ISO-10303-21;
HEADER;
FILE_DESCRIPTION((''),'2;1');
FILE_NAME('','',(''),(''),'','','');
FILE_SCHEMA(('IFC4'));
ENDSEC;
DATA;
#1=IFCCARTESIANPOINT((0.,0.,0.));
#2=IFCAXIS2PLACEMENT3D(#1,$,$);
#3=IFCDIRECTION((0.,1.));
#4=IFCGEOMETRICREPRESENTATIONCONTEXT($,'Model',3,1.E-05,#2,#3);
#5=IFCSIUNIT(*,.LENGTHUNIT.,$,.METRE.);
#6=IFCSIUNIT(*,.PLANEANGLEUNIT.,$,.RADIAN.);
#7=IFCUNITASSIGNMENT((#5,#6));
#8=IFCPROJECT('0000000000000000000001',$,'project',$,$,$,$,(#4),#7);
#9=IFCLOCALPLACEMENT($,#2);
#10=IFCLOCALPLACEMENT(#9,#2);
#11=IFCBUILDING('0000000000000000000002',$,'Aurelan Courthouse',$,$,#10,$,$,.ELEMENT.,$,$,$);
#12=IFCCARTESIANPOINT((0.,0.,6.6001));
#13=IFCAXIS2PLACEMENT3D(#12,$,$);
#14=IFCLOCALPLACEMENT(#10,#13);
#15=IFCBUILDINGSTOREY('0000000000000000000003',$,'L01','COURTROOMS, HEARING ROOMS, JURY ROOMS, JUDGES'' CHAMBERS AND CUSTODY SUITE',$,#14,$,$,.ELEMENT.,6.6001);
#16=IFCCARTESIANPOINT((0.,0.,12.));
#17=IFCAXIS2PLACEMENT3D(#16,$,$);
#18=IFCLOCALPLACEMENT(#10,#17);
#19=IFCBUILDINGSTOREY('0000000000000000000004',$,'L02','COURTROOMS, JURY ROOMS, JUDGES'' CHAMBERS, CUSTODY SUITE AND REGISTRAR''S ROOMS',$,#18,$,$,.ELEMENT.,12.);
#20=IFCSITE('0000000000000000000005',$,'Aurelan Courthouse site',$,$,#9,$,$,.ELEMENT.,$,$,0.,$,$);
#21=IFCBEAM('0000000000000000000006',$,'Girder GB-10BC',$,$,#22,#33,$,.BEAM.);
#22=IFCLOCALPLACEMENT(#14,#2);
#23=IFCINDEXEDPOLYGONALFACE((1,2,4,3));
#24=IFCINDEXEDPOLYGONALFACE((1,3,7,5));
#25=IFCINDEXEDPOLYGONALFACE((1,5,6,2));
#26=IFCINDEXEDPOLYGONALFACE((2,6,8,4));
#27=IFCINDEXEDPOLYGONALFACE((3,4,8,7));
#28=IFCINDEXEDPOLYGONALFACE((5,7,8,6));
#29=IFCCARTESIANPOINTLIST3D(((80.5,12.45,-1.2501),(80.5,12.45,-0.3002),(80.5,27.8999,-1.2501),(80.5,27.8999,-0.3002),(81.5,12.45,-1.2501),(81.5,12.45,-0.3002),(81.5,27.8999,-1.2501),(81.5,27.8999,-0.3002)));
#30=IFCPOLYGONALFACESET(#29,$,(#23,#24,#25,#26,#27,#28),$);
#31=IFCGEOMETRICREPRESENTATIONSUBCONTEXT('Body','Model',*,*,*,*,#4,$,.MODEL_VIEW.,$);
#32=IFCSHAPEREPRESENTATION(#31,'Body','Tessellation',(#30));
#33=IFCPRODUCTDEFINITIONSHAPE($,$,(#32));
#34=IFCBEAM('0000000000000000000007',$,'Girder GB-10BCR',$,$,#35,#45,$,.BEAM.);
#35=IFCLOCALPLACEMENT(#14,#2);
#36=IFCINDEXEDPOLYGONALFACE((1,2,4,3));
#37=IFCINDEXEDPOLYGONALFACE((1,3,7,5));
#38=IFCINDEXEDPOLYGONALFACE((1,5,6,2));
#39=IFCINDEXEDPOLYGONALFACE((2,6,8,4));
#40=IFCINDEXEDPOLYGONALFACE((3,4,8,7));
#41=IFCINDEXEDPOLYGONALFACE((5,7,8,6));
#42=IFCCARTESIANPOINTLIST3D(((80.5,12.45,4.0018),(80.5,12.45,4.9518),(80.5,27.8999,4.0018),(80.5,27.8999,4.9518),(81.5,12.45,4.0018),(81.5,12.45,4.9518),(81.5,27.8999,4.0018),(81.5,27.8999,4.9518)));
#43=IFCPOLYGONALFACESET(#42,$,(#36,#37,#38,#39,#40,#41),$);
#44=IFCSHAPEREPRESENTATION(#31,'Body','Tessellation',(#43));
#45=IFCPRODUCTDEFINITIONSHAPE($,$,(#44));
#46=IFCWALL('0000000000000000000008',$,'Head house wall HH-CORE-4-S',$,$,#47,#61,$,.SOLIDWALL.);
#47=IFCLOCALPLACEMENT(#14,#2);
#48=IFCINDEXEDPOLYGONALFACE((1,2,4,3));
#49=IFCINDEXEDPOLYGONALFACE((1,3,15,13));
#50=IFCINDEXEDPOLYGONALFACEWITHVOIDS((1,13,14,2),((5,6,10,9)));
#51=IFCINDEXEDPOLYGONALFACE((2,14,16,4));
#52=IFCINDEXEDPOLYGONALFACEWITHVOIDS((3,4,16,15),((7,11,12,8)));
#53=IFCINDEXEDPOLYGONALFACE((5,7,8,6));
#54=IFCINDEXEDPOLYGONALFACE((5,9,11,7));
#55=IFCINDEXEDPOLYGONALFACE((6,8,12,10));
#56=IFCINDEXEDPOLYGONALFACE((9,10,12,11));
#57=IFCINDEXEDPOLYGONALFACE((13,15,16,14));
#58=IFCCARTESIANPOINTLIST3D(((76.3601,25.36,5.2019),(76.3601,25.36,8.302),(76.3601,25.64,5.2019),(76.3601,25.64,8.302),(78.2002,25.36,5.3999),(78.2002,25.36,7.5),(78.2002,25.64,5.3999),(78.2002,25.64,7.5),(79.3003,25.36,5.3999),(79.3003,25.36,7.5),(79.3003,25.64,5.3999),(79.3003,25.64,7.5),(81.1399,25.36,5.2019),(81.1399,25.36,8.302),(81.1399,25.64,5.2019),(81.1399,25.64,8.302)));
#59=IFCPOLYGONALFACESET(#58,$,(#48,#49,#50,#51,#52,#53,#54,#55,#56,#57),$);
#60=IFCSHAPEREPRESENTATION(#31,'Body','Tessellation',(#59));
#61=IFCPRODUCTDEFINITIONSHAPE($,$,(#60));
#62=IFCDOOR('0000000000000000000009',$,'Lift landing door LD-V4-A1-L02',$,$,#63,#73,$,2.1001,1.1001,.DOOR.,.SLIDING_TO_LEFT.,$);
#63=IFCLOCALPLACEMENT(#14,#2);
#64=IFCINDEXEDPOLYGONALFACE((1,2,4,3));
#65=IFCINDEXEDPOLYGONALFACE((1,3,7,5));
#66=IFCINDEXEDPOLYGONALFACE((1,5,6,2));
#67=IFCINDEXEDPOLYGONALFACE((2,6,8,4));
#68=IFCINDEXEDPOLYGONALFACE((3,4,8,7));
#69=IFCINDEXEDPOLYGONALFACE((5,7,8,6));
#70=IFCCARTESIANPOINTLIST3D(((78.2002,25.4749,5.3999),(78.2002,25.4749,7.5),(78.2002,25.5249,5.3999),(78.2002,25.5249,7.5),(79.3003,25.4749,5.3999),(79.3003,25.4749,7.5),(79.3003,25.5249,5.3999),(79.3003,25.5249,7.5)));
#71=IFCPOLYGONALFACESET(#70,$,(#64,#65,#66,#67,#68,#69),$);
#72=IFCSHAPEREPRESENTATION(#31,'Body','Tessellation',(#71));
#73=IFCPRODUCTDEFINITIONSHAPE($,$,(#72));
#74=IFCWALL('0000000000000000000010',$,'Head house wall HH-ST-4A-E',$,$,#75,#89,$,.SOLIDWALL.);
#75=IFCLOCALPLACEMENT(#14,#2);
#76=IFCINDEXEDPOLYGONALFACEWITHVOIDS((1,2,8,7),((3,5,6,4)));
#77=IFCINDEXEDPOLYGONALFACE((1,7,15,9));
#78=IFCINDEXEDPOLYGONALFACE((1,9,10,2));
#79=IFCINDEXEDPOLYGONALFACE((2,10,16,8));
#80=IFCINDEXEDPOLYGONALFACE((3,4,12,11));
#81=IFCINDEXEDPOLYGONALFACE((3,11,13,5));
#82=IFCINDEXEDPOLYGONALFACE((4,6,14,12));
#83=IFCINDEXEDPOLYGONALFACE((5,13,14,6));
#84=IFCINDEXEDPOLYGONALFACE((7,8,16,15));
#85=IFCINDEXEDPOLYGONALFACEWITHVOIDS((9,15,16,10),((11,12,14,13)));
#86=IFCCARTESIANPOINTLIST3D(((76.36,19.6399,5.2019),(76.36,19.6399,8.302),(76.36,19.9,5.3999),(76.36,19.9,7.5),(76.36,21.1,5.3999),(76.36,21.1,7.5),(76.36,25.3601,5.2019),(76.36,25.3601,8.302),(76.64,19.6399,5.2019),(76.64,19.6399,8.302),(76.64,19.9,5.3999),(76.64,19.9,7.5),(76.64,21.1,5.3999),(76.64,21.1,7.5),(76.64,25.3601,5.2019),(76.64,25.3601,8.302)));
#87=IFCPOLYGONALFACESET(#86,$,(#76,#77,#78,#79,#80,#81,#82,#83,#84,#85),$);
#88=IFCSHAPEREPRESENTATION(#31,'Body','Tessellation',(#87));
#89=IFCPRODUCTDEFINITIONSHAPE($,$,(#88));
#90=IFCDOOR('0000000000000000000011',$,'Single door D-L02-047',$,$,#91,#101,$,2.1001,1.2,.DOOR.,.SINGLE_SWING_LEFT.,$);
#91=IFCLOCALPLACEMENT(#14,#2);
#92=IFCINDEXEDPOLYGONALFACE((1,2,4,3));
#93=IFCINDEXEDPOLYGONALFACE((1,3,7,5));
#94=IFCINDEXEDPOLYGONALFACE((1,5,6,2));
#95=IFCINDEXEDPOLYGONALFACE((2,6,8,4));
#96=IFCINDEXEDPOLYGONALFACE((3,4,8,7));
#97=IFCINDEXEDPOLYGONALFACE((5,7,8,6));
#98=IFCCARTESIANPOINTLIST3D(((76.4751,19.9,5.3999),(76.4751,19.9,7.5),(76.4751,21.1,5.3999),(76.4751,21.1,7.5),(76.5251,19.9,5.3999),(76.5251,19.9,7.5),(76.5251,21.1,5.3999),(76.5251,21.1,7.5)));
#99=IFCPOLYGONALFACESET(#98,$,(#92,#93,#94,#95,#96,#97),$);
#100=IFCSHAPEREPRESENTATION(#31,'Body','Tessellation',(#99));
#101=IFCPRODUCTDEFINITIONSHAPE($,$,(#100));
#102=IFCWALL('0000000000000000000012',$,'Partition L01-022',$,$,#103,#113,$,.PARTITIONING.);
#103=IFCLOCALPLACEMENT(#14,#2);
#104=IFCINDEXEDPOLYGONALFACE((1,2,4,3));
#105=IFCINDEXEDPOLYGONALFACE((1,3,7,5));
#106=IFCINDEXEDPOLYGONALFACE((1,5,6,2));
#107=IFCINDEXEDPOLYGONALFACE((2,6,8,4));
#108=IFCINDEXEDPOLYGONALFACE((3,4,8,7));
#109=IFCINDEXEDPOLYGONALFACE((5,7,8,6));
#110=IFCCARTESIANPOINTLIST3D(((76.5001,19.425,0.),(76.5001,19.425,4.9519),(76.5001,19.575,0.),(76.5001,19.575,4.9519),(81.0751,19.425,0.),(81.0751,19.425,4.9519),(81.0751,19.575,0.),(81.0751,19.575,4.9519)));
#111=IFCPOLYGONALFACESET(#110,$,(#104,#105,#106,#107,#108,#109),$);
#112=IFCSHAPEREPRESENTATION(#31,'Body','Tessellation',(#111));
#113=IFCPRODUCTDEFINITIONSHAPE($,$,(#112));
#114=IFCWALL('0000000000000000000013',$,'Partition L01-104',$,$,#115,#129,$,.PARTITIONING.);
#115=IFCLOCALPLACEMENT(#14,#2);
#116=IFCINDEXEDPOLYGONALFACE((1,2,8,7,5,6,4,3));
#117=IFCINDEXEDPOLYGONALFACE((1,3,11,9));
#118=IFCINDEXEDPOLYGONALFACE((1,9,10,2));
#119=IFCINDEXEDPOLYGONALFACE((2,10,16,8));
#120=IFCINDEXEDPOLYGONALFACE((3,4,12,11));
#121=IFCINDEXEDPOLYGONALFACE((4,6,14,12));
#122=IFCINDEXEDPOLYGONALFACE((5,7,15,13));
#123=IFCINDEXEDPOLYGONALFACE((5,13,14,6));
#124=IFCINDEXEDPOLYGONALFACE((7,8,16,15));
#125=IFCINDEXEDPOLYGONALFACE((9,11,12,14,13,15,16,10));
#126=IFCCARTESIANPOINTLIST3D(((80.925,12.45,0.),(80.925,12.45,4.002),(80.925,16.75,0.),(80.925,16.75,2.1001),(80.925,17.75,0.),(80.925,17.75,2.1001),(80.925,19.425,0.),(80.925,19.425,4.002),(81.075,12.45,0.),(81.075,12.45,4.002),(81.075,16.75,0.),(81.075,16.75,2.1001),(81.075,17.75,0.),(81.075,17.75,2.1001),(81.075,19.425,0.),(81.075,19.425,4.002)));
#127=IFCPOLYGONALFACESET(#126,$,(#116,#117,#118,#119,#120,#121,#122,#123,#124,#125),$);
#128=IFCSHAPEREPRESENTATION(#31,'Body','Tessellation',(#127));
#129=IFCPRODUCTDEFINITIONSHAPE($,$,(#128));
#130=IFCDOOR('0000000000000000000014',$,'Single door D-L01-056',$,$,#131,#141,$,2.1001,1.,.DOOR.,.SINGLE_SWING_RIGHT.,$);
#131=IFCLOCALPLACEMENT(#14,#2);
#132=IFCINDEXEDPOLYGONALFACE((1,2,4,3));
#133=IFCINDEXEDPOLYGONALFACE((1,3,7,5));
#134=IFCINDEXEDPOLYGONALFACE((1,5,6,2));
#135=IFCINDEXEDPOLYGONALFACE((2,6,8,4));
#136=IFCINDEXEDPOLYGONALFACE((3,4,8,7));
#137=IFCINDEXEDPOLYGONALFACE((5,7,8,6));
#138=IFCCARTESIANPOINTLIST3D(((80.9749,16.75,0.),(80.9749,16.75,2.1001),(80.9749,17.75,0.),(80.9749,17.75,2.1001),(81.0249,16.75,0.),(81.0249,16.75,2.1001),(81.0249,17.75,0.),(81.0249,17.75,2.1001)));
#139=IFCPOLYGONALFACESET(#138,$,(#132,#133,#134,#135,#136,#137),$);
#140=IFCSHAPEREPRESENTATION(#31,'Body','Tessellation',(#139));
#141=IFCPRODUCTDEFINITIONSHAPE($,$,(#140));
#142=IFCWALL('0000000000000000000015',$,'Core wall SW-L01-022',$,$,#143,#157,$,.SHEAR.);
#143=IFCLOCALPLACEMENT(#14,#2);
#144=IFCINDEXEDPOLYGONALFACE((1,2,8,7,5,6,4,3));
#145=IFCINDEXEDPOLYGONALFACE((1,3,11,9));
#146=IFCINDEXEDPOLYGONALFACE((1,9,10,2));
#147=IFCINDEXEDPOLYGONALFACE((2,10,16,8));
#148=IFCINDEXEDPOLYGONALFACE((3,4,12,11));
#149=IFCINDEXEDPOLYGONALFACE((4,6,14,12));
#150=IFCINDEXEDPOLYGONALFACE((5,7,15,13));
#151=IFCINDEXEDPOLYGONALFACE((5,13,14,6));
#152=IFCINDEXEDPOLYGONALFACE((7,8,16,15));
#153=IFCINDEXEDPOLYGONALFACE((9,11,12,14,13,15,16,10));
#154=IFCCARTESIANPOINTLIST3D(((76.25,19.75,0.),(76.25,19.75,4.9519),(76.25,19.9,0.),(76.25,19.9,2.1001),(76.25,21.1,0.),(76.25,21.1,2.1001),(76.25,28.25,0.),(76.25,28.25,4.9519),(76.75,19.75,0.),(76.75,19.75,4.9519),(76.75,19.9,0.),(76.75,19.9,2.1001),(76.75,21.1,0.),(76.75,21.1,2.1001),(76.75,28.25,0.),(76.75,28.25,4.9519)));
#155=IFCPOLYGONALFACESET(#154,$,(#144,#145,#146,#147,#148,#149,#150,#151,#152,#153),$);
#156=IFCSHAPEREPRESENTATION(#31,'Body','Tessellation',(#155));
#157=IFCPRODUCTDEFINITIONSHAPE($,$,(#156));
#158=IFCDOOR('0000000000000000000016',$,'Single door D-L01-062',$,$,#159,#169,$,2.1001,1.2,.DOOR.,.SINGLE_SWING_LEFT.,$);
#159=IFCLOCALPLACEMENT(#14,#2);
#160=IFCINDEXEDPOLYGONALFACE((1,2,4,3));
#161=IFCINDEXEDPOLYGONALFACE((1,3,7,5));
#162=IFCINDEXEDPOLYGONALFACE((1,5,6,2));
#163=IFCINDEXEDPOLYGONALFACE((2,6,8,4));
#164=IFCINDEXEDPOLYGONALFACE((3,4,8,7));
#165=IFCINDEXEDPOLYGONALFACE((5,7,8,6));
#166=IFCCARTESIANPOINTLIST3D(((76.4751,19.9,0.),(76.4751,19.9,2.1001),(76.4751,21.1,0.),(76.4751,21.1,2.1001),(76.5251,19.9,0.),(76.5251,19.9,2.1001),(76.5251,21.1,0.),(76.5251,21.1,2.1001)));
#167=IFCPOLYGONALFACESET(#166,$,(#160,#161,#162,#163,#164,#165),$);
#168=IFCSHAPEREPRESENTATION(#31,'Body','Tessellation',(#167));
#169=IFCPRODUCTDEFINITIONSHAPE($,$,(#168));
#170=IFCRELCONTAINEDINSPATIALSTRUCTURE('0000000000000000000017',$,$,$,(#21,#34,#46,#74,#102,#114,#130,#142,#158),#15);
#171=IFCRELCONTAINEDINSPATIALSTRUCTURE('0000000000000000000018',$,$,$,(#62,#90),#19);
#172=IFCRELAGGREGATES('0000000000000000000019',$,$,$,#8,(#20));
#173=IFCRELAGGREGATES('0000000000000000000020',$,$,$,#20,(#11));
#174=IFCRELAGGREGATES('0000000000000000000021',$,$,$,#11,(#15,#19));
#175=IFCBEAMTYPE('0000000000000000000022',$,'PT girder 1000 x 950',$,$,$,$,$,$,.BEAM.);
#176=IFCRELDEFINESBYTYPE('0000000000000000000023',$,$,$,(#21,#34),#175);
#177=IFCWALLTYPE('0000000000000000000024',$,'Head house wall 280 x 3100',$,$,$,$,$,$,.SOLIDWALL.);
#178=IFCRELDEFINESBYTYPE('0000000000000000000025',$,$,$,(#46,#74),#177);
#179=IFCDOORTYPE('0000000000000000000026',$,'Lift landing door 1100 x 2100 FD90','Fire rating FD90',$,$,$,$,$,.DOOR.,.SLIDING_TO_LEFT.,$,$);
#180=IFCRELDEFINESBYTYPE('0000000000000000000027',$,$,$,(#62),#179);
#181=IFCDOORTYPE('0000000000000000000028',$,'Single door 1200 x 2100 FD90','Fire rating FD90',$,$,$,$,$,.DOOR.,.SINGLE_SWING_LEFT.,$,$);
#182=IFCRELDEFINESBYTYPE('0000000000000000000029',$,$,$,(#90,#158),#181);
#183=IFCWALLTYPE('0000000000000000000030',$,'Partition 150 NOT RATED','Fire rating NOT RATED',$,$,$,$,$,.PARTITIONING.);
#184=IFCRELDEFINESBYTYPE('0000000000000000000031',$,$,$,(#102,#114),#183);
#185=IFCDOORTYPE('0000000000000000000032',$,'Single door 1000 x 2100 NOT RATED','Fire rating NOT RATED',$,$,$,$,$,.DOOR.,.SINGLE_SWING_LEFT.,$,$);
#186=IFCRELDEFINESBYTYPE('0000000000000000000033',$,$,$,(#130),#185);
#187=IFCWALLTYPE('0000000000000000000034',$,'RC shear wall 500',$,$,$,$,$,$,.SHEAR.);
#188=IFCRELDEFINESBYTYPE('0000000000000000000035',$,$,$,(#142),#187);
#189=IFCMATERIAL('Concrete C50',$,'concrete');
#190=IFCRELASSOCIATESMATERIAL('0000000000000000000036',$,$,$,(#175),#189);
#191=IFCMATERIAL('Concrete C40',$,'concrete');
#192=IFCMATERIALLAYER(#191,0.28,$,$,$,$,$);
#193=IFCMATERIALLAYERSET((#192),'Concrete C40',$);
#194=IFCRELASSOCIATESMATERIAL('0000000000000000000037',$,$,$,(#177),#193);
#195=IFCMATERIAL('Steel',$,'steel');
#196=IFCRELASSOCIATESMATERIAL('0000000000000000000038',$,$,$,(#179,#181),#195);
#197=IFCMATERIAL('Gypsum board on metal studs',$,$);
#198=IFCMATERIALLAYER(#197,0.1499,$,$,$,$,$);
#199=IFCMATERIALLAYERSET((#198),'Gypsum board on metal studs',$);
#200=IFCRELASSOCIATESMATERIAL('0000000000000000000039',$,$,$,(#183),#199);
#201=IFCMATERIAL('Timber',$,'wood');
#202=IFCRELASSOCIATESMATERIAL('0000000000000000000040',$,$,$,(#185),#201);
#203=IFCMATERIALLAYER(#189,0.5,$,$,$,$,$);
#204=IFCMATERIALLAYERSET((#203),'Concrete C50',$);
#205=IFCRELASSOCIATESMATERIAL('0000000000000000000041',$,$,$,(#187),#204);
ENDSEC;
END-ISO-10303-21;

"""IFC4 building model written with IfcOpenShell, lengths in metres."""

from ifc_helpers import new_model, si_unit, direction, frame, frame_2d, origin, origin_2d, place, context, subcontext, project, spatial, rectangle, extrude, material, layer, layer_set, material_profile, profile_set, type_object, element, fill, save


model = new_model("IFC4")

# Units and contexts
model_context = context("Model", 3, precision=1e-05, world=origin(), true_north=direction((0.0, 1.0)))
body_context = subcontext(model_context, "Body", "Model", "MODEL_VIEW")
ifc_project = project(units=[si_unit("LENGTHUNIT", "METRE"), si_unit("PLANEANGLEUNIT", "RADIAN")], contexts=[model_context])

# Site, building, storey
site_placement = place(None, origin())
site = spatial("IfcSite", under=ifc_project, at=site_placement, Name="Aurelan Courthouse site", CompositionType="ELEMENT", RefElevation=0.0)
building_placement = place(site_placement, origin())
building = spatial("IfcBuilding", under=site, at=building_placement, Name="Aurelan Courthouse", CompositionType="ELEMENT")
storey_1_placement = place(building_placement, frame((0.0, 0.0, 6.6001)))
storey_1 = spatial("IfcBuildingStorey", under=building, at=storey_1_placement, Name="L01", Description="COURTROOMS, HEARING ROOMS, JURY ROOMS, JUDGES' CHAMBERS AND CUSTODY SUITE", CompositionType="ELEMENT", Elevation=6.6001)

# Beams
ifc_material_1 = material(Name="Concrete C50", Category="concrete")
ifc_material_profile = material_profile(ifc_material_1, rectangle(XDim=1.0, YDim=0.95, at=origin_2d()), Name="RC 1000 x 950")
ifc_profile_set = profile_set([ifc_material_profile], Name="Concrete C50")
beam_type = type_object("IfcBeamType", Name="PT girder 1000 x 950", PredefinedType="BEAM", material=ifc_profile_set)
for number, where, z_axis, x_axis, name in (
    (1, (81.0, 12.45, -0.7751), (0.0, 1.0, 0.0), (-1.0, 0.0, 0.0), "Girder GB-10BC"),
    (2, (81.0, 12.45, 4.4768), (0.0, 1.0, 0.0), (-1.0, 0.0, 0.0), "Girder GB-10BCR"),
):
    element("IfcBeam", number, at=place(storey_1_placement, frame(where, z_axis=z_axis, x_axis=x_axis)), inside=storey_1, type_object=beam_type, Name=name, PredefinedType="BEAM", context=body_context, shape_type="SweptSolid", body=[
        extrude(rectangle(XDim=1.0, YDim=0.95, at=origin_2d()), origin(), (0.0, 0.0, 1.0), 15.45),
    ])

# Wall, opening
ifc_material_2 = material(Name="Concrete C40", Category="concrete")
ifc_layer_1 = layer(ifc_material_2, 0.28)
ifc_layer_set_1 = layer_set([ifc_layer_1], Name="Concrete C40")
wall_type_1 = type_object("IfcWallType", Name="Head house wall 280 x 3100", PredefinedType="SOLIDWALL", material=ifc_layer_set_1)
wall_1_placement = place(storey_1_placement, frame((76.3601, 25.5, 5.2019), z_axis=(0.0, 0.0, 1.0), x_axis=(1.0, 0.0, 0.0)))
wall_1 = element("IfcWall", 3, at=wall_1_placement, inside=storey_1, type_object=wall_type_1, Name="Head house wall HH-CORE-4-S", PredefinedType="SOLIDWALL", context=body_context, shape_type="SweptSolid", body=[
    extrude(rectangle(XDim=4.7798, YDim=0.28, at=frame_2d((2.3899, 0.0))), origin(), (0.0, 0.0, 1.0), 3.1001),
])
opening_1_placement = place(wall_1_placement, frame((1.8401, 0.0, 0.198)))
opening_1 = element("IfcOpeningElement", 4, at=opening_1_placement, cuts=wall_1, PredefinedType="OPENING", context=body_context, shape_type="SweptSolid", body=[
    extrude(rectangle(XDim=1.1001, YDim=2.1001, at=frame_2d((0.55, 1.05))), frame((0.0, 0.1499, 0.0), z_axis=(0.0, -1.0, 0.0), x_axis=(1.0, 0.0, 0.0)), (0.0, 0.0, 1.0), 0.3),
])

# Shared definitions
storey_2_placement = place(building_placement, frame((0.0, 0.0, 12.0)))
storey_2 = spatial("IfcBuildingStorey", under=building, at=storey_2_placement, Name="L02", Description="COURTROOMS, JURY ROOMS, JUDGES' CHAMBERS, CUSTODY SUITE AND REGISTRAR'S ROOMS", CompositionType="ELEMENT", Elevation=12.0)

# Door
ifc_material_3 = material(Name="Steel", Category="steel")
door_type_1 = type_object("IfcDoorType", Name="Lift landing door 1100 x 2100 FD90", Description="Fire rating FD90", OperationType="SLIDING_TO_LEFT", PredefinedType="DOOR", material=ifc_material_3)
door_1_placement = place(opening_1_placement, origin())
door_1 = element("IfcDoor", 5, at=door_1_placement, inside=storey_2, type_object=door_type_1, Name="Lift landing door LD-V4-A1-L02", OperationType="SLIDING_TO_LEFT", OverallHeight=2.1001, OverallWidth=1.1001, PredefinedType="DOOR", context=body_context, shape_type="SweptSolid", body=[
    extrude(rectangle(XDim=1.1001, YDim=2.1001, at=frame_2d((0.55, 1.05))), frame((0.0, 0.0249, 0.0), z_axis=(0.0, -1.0, 0.0), x_axis=(1.0, 0.0, 0.0)), (0.0, 0.0, 1.0), 0.05),
])
fill(opening_1, door_1)

# Wall, opening, door
wall_2_placement = place(storey_1_placement, frame((76.5, 19.6399, 5.2019), z_axis=(0.0, 0.0, 1.0), x_axis=(0.0, 1.0, 0.0)))
wall_2 = element("IfcWall", 6, at=wall_2_placement, inside=storey_1, type_object=wall_type_1, Name="Head house wall HH-ST-4A-E", PredefinedType="SOLIDWALL", context=body_context, shape_type="SweptSolid", body=[
    extrude(rectangle(XDim=5.7202, YDim=0.28, at=frame_2d((2.8601, 0.0))), origin(), (0.0, 0.0, 1.0), 3.1001),
])
opening_2_placement = place(wall_2_placement, frame((0.26, 0.0, 0.198)))
opening_2 = element("IfcOpeningElement", 7, at=opening_2_placement, cuts=wall_2, PredefinedType="OPENING", context=body_context, shape_type="SweptSolid", body=[
    extrude(rectangle(XDim=1.2, YDim=2.1001, at=frame_2d((0.6001, 1.05))), frame((0.0, 0.1499, 0.0), z_axis=(0.0, -1.0, 0.0), x_axis=(1.0, 0.0, 0.0)), (0.0, 0.0, 1.0), 0.3),
])
door_type_2 = type_object("IfcDoorType", Name="Single door 1200 x 2100 FD90", Description="Fire rating FD90", OperationType="SINGLE_SWING_LEFT", PredefinedType="DOOR", material=ifc_material_3)
door_2_placement = place(opening_2_placement, origin())
door_2 = element("IfcDoor", 8, at=door_2_placement, inside=storey_2, type_object=door_type_2, Name="Single door D-L02-047", OperationType="SINGLE_SWING_LEFT", OverallHeight=2.1001, OverallWidth=1.2, PredefinedType="DOOR", context=body_context, shape_type="SweptSolid", body=[
    extrude(rectangle(XDim=1.2, YDim=2.1001, at=frame_2d((0.6001, 1.05))), frame((0.0, 0.0249, 0.0), z_axis=(0.0, -1.0, 0.0), x_axis=(1.0, 0.0, 0.0)), (0.0, 0.0, 1.0), 0.05),
])
fill(opening_2, door_2)

# Wall
ifc_material_4 = material(Name="Gypsum board on metal studs")
ifc_layer_2 = layer(ifc_material_4, 0.1499)
ifc_layer_set_2 = layer_set([ifc_layer_2], Name="Gypsum board on metal studs")
wall_type_2 = type_object("IfcWallType", Name="Partition 150 NOT RATED", Description="Fire rating NOT RATED", PredefinedType="PARTITIONING", material=ifc_layer_set_2)
wall_3_placement = place(storey_1_placement, frame((76.5, 19.5, 0.0), z_axis=(0.0, 0.0, 1.0), x_axis=(1.0, 0.0, 0.0)))
element("IfcWall", 9, at=wall_3_placement, inside=storey_1, type_object=wall_type_2, Name="Partition L01-022", PredefinedType="PARTITIONING", context=body_context, shape_type="SweptSolid", body=[
    extrude(rectangle(XDim=4.575, YDim=0.1499, at=frame_2d((2.2876, 0.0))), origin(), (0.0, 0.0, 1.0), 4.9519),
])

# Walls, openings, doors
wall_4_placement = place(storey_1_placement, frame((81.0, 12.45, 0.0), z_axis=(0.0, 0.0, 1.0), x_axis=(0.0, 1.0, 0.0)))
wall_4 = element("IfcWall", 10, at=wall_4_placement, inside=storey_1, type_object=wall_type_2, Name="Partition L01-104", PredefinedType="PARTITIONING", context=body_context, shape_type="SweptSolid", body=[
    extrude(rectangle(XDim=6.9751, YDim=0.1499, at=frame_2d((3.4875, 0.0))), origin(), (0.0, 0.0, 1.0), 4.002),
])
opening_3_placement = place(wall_4_placement, frame((5.3, 0.0, 0.0), z_axis=(0.0, 0.0, 1.0), x_axis=(-1.0, 0.0, 0.0)))
opening_3 = element("IfcOpeningElement", 11, at=opening_3_placement, cuts=wall_4, PredefinedType="OPENING", context=body_context, shape_type="SweptSolid", body=[
    extrude(rectangle(XDim=1.0, YDim=2.1001, at=frame_2d((0.5, 1.05))), frame((0.0, 0.085, 0.0), z_axis=(0.0, -1.0, 0.0), x_axis=(1.0, 0.0, 0.0)), (0.0, 0.0, 1.0), 0.1699),
])
ifc_material_5 = material(Name="Timber", Category="wood")
door_type_3 = type_object("IfcDoorType", Name="Single door 1000 x 2100 NOT RATED", Description="Fire rating NOT RATED", OperationType="SINGLE_SWING_LEFT", PredefinedType="DOOR", material=ifc_material_5)
door_3_placement = place(opening_3_placement, origin())
door_3 = element("IfcDoor", 12, at=door_3_placement, inside=storey_1, type_object=door_type_3, Name="Single door D-L01-056", OperationType="SINGLE_SWING_RIGHT", OverallHeight=2.1001, OverallWidth=1.0, PredefinedType="DOOR", context=body_context, shape_type="SweptSolid", body=[
    extrude(rectangle(XDim=1.0, YDim=2.1001, at=frame_2d((0.5, 1.05))), frame((0.0, 0.0249, 0.0), z_axis=(0.0, -1.0, 0.0), x_axis=(1.0, 0.0, 0.0)), (0.0, 0.0, 1.0), 0.05),
])
fill(opening_3, door_3)
ifc_layer_3 = layer(ifc_material_1, 0.5)
ifc_layer_set_3 = layer_set([ifc_layer_3], Name="Concrete C50")
wall_type_3 = type_object("IfcWallType", Name="RC shear wall 500", PredefinedType="SHEAR", material=ifc_layer_set_3)
wall_5_placement = place(storey_1_placement, frame((76.5, 19.75, 0.0), z_axis=(0.0, 0.0, 1.0), x_axis=(0.0, 1.0, 0.0)))
wall_5 = element("IfcWall", 13, at=wall_5_placement, inside=storey_1, type_object=wall_type_3, Name="Core wall SW-L01-022", PredefinedType="SHEAR", context=body_context, shape_type="SweptSolid", body=[
    extrude(rectangle(XDim=8.5, YDim=0.5, at=frame_2d((4.25, 0.0))), origin(), (0.0, 0.0, 1.0), 4.9519),
])
opening_4_placement = place(wall_5_placement, frame((0.1499, 0.0, 0.0)))
opening_4 = element("IfcOpeningElement", 14, at=opening_4_placement, cuts=wall_5, PredefinedType="OPENING", context=body_context, shape_type="SweptSolid", body=[
    extrude(rectangle(XDim=1.2, YDim=2.1001, at=frame_2d((0.6001, 1.05))), frame((0.0, 0.26, 0.0), z_axis=(0.0, -1.0, 0.0), x_axis=(1.0, 0.0, 0.0)), (0.0, 0.0, 1.0), 0.52),
])
door_4_placement = place(opening_4_placement, origin())
door_4 = element("IfcDoor", 15, at=door_4_placement, inside=storey_1, type_object=door_type_2, Name="Single door D-L01-062", OperationType="SINGLE_SWING_LEFT", OverallHeight=2.1001, OverallWidth=1.2, PredefinedType="DOOR", context=body_context, shape_type="SweptSolid", body=[
    extrude(rectangle(XDim=1.2, YDim=2.1001, at=frame_2d((0.6001, 1.05))), frame((0.0, 0.0249, 0.0), z_axis=(0.0, -1.0, 0.0), x_axis=(1.0, 0.0, 0.0)), (0.0, 0.0, 1.0), 0.05),
])
fill(opening_4, door_4)

save(model, "model.ifc")
